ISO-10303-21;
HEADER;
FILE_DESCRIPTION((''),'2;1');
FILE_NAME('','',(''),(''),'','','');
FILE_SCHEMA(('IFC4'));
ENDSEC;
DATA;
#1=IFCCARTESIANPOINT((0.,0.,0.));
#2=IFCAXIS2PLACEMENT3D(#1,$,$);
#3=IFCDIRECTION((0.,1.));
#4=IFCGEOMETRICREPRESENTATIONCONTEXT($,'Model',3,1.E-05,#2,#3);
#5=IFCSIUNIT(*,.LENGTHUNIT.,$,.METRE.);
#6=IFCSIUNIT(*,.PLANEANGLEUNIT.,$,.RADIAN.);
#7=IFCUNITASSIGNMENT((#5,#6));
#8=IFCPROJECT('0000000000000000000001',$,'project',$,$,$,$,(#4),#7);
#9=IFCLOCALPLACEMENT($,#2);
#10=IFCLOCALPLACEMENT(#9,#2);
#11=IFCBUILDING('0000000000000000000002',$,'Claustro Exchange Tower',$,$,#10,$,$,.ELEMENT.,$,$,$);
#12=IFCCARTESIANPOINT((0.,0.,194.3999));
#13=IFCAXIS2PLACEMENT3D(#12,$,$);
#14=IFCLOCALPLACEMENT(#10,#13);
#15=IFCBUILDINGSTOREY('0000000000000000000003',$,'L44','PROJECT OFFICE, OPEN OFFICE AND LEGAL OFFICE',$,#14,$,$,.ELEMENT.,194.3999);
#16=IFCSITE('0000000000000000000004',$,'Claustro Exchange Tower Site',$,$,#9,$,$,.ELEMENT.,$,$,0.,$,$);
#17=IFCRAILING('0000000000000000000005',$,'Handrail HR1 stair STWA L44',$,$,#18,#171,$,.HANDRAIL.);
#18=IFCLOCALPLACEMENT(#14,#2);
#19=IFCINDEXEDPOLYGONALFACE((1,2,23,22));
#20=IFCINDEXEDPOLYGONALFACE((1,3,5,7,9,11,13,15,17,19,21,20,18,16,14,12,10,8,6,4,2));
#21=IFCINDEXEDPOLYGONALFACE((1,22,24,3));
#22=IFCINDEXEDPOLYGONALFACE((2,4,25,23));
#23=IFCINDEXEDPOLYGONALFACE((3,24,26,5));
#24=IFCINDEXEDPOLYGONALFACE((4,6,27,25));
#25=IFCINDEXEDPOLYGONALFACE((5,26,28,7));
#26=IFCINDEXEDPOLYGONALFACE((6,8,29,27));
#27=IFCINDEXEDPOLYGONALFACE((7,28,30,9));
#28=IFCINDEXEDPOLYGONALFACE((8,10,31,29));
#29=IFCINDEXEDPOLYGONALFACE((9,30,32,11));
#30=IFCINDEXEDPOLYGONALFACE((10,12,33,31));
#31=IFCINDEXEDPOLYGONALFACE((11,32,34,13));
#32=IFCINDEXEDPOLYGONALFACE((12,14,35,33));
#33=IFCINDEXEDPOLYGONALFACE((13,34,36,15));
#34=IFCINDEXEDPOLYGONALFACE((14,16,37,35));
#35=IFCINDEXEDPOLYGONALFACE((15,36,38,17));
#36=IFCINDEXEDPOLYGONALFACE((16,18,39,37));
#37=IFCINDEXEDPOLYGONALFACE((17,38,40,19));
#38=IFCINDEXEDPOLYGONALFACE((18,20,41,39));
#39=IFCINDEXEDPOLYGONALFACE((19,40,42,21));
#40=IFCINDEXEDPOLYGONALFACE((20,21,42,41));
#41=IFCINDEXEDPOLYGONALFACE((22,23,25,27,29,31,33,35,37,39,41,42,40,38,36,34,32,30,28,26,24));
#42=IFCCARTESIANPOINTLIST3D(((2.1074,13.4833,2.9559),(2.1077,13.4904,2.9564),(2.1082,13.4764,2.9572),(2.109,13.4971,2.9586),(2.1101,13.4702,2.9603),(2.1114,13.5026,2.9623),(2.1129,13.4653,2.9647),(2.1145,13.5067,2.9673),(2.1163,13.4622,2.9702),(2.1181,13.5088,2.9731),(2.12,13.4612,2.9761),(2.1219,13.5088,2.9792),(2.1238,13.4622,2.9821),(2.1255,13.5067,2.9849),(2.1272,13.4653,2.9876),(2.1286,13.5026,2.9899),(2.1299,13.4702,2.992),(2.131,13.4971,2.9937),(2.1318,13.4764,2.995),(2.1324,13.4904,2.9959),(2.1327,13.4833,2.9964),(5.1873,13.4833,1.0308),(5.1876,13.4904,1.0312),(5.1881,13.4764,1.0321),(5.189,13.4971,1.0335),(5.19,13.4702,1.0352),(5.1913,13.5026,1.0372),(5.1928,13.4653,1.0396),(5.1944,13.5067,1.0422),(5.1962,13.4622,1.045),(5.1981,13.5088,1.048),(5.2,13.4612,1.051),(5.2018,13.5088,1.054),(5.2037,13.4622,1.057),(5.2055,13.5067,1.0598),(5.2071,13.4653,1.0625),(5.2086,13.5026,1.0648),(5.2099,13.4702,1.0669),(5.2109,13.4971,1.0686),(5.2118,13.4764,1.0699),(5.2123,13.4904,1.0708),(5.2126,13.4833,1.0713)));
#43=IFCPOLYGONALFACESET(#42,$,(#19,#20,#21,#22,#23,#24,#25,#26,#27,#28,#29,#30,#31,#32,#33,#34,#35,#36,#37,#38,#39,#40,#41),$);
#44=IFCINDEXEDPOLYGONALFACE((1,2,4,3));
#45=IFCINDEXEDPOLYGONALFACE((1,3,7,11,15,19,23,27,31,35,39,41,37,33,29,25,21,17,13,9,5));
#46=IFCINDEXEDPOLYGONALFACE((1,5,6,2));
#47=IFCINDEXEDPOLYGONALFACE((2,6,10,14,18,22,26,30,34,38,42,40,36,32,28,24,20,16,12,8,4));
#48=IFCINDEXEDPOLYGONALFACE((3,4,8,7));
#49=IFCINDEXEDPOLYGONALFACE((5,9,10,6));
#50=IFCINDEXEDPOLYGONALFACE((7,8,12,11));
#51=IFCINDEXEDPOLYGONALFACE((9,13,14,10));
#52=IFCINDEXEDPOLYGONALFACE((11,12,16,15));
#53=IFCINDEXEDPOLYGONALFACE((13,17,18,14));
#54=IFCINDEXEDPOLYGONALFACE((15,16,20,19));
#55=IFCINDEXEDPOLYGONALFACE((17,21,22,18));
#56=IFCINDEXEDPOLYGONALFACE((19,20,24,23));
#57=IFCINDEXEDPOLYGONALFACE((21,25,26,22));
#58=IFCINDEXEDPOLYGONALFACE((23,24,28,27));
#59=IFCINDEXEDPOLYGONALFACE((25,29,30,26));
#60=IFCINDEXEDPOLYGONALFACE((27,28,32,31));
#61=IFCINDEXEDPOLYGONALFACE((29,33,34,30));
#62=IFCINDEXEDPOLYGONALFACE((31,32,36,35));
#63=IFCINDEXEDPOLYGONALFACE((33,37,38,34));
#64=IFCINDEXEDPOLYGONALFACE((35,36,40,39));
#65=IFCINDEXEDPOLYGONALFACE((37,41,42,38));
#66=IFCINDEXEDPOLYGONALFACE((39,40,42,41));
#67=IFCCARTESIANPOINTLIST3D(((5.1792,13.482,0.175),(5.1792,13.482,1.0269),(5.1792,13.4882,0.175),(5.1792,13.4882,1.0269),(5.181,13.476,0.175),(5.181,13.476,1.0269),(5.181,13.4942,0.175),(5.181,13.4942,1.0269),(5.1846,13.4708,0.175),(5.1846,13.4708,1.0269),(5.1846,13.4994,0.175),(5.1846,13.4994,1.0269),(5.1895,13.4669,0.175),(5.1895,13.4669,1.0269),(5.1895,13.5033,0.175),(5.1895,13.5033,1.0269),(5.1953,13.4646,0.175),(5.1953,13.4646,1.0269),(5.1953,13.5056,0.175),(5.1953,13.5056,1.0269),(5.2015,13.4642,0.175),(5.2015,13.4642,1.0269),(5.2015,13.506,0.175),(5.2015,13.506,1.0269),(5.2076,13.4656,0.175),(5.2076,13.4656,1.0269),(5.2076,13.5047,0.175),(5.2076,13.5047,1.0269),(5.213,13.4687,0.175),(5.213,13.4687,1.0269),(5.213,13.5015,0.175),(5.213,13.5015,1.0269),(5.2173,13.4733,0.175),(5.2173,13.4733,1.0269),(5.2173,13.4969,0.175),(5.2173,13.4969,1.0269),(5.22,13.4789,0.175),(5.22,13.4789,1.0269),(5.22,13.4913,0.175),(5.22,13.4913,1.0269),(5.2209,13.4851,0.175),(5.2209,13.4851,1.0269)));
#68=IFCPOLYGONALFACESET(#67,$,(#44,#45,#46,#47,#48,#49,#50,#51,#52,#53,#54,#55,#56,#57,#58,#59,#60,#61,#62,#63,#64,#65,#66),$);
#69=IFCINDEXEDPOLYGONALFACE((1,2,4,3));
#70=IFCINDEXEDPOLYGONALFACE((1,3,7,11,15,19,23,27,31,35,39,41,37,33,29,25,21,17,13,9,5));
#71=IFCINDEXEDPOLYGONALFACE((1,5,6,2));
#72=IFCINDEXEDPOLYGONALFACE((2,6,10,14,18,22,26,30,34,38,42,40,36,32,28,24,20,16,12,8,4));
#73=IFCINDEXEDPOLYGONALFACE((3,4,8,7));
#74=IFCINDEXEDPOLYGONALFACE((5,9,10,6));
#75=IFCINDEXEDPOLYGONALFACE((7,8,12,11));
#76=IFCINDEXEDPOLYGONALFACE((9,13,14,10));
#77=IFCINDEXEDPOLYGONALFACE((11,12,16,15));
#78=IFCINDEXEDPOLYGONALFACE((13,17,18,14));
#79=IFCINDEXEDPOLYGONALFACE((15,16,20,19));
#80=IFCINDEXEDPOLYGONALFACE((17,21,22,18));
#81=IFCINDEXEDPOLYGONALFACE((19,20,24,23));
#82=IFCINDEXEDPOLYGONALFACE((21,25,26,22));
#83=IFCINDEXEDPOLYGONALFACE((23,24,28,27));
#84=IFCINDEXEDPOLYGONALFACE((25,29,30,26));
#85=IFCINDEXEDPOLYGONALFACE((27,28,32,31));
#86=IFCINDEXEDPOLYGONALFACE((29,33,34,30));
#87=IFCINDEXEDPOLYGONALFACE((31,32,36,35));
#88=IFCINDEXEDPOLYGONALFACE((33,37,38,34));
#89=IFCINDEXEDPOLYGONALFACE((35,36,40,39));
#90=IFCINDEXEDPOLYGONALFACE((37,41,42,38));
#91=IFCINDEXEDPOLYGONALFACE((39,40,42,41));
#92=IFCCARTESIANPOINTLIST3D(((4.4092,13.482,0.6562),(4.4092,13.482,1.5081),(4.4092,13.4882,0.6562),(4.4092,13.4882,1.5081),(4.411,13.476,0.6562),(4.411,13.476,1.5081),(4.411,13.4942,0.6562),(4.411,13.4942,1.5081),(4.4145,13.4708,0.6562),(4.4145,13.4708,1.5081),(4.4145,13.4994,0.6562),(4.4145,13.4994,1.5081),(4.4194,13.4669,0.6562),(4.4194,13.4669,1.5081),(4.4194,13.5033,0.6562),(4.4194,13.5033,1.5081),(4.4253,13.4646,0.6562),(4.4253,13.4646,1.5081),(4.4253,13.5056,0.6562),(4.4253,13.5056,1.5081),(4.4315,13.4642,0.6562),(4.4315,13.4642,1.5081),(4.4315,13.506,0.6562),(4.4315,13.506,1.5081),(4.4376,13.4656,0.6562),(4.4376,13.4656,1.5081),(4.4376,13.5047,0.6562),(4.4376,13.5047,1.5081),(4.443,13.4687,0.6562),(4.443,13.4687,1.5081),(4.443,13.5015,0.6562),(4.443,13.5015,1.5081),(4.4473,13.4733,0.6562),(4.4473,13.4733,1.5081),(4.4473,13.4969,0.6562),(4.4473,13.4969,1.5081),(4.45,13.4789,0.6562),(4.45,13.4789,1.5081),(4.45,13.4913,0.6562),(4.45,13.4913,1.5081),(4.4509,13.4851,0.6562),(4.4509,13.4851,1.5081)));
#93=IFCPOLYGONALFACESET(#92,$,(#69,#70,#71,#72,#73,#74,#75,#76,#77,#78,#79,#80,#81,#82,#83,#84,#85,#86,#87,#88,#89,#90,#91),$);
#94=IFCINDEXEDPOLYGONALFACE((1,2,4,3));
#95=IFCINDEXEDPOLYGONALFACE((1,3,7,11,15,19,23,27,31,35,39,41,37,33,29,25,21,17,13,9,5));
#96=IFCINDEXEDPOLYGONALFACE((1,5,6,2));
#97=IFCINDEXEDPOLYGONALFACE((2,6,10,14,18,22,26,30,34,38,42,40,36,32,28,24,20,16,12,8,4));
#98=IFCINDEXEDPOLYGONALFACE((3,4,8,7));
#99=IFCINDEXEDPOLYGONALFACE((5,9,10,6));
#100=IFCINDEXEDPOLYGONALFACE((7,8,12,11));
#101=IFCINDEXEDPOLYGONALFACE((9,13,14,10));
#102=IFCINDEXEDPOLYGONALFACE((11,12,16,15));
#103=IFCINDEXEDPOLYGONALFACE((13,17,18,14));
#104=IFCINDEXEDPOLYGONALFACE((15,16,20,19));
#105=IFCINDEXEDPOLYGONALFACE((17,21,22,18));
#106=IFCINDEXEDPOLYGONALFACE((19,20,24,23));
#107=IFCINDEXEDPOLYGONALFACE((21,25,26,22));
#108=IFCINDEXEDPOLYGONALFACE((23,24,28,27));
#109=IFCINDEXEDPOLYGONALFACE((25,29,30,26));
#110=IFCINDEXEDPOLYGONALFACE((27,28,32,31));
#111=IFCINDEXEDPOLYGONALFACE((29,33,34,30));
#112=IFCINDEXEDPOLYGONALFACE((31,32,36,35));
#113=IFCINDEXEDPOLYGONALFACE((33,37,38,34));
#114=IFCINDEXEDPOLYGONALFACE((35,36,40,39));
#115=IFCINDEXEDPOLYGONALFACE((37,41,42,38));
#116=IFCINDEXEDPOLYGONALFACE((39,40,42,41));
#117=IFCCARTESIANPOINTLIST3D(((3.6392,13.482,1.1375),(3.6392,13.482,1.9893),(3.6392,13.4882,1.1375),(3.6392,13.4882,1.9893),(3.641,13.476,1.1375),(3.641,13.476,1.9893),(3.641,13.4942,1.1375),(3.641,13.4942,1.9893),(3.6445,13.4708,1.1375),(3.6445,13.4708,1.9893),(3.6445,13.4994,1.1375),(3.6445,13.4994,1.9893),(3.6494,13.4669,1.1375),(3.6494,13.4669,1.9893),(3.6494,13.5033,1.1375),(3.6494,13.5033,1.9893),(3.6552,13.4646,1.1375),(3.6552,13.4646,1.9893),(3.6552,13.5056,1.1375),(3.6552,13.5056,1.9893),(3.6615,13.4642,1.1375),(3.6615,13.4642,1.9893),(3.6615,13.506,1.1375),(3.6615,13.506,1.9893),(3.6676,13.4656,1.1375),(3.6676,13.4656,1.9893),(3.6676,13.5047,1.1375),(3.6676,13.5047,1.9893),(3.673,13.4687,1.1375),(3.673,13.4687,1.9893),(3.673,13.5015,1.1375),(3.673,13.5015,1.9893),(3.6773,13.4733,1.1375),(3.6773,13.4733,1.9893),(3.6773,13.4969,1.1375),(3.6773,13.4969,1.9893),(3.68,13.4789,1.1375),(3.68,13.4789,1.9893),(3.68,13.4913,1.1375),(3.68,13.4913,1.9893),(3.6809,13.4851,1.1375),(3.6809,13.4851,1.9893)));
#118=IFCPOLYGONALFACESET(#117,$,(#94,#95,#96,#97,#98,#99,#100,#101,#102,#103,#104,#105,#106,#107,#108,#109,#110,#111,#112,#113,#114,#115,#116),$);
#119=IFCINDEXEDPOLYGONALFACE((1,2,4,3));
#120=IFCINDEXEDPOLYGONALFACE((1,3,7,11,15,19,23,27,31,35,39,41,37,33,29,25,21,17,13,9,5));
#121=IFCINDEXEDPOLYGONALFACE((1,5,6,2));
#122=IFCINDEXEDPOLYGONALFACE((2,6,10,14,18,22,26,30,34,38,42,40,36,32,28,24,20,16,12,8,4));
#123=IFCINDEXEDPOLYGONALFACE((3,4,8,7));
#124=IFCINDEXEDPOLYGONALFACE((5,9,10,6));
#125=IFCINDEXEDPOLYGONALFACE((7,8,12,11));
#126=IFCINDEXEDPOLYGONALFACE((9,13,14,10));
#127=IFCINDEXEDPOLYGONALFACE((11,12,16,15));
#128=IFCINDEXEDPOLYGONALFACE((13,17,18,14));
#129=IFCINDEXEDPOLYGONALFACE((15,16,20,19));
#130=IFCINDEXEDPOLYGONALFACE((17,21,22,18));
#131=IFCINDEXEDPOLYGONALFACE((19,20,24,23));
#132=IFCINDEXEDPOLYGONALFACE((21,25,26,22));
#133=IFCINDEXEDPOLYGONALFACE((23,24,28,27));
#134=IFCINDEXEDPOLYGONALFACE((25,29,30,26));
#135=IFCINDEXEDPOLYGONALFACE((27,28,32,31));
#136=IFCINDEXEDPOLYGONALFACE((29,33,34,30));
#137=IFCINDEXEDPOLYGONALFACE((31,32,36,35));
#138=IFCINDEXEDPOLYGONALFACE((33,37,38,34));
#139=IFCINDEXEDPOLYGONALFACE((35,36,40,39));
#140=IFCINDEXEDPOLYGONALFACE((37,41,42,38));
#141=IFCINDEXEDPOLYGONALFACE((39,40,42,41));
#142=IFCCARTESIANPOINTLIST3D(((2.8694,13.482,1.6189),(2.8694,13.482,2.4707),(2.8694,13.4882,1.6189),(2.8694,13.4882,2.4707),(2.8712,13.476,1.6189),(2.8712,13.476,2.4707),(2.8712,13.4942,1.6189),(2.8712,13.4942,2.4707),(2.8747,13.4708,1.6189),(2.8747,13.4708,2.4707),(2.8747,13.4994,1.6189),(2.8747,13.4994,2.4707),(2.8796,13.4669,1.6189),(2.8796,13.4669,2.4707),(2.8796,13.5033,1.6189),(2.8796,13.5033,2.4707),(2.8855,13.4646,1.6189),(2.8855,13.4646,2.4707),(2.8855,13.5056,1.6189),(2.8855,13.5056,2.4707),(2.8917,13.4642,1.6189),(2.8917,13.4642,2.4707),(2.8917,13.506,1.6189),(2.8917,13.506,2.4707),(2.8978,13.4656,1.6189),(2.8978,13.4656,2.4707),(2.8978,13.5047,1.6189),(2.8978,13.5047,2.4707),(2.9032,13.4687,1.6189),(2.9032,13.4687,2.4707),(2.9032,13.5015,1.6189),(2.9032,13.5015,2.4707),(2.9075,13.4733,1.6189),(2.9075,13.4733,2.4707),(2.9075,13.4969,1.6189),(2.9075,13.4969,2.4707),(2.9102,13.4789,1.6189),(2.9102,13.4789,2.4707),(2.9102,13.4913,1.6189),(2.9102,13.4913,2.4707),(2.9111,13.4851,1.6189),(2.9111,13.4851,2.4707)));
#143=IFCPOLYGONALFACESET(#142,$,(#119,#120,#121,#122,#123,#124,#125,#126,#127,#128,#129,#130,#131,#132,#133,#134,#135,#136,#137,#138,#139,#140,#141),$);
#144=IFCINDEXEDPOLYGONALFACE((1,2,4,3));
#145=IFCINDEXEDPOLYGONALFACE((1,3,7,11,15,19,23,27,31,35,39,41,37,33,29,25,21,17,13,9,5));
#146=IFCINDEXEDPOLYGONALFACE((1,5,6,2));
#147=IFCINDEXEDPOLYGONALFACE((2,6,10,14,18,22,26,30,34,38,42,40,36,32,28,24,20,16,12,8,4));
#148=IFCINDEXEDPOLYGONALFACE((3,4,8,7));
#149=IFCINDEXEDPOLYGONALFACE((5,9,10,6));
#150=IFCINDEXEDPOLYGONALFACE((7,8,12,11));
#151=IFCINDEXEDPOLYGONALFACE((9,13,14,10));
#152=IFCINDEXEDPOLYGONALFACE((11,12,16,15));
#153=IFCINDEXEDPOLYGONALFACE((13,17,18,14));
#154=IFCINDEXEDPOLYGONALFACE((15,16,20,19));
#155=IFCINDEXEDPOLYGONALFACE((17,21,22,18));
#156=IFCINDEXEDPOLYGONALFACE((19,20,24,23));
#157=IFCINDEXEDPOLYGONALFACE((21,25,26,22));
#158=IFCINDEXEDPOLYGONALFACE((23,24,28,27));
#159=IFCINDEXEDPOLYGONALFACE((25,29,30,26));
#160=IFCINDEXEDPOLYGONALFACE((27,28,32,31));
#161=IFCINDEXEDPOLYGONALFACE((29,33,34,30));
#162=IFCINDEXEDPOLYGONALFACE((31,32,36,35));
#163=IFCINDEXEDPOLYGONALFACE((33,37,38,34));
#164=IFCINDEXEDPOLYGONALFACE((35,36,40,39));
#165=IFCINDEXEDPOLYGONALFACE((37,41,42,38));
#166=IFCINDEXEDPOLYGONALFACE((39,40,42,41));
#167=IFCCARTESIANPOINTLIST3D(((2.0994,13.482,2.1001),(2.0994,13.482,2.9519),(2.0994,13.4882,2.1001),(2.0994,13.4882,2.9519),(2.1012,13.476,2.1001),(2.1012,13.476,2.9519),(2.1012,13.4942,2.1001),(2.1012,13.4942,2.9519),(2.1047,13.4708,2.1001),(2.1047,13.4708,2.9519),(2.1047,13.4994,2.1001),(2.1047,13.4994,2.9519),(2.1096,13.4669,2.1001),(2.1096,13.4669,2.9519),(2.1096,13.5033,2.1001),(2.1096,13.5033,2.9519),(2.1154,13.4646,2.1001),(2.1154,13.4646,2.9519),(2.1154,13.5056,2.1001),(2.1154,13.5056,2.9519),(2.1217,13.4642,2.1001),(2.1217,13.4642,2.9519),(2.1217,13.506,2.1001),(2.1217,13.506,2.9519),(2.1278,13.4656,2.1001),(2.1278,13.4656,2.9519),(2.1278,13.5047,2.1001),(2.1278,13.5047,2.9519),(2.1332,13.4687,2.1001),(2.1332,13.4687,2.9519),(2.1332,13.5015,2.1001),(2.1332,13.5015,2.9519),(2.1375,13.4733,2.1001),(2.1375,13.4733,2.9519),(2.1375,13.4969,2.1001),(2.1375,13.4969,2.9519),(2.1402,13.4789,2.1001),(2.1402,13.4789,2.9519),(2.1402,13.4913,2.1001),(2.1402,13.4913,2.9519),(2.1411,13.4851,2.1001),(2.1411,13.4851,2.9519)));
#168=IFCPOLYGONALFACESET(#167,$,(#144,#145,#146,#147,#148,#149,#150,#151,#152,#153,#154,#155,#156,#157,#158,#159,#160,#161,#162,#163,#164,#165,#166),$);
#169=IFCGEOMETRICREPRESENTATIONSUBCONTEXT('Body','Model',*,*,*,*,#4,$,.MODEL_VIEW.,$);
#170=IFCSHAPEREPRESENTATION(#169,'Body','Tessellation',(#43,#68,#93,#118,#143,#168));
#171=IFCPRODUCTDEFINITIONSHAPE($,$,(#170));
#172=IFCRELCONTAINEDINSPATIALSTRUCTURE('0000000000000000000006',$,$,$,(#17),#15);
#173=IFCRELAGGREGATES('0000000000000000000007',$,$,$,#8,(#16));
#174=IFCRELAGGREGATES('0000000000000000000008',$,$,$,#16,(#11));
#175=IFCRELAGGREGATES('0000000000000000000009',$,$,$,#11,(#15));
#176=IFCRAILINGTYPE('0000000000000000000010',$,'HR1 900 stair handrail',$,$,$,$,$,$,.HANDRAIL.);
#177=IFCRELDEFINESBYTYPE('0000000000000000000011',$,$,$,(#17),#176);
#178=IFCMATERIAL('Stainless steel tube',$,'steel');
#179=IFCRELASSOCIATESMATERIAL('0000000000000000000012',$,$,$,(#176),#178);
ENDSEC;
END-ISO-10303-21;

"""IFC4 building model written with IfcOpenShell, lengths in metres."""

from ifc_helpers import new_model, si_unit, direction, frame, origin, origin_2d, place, context, subcontext, project, spatial, circle, extrude, material, type_object, element, save


model = new_model("IFC4")

# Units and contexts
model_context = context("Model", 3, precision=1e-05, world=origin(), true_north=direction((0.0, 1.0)))
body_context = subcontext(model_context, "Body", "Model", "MODEL_VIEW")
ifc_project = project(units=[si_unit("LENGTHUNIT", "METRE"), si_unit("PLANEANGLEUNIT", "RADIAN")], contexts=[model_context])

# Site, building, storey
site_placement = place(None, origin())
site = spatial("IfcSite", under=ifc_project, at=site_placement, Name="Claustro Exchange Tower Site", CompositionType="ELEMENT", RefElevation=0.0)
building_placement = place(site_placement, origin())
building = spatial("IfcBuilding", under=site, at=building_placement, Name="Claustro Exchange Tower", CompositionType="ELEMENT")
storey_placement = place(building_placement, frame((0.0, 0.0, 194.3999)))
storey = spatial("IfcBuildingStorey", under=building, at=storey_placement, Name="L44", Description="PROJECT OFFICE, OPEN OFFICE AND LEGAL OFFICE", CompositionType="ELEMENT", Elevation=194.3999)

# Railing
ifc_material_1 = material(Name="Stainless steel tube", Category="steel")
railing_type_1 = type_object("IfcRailingType", Name="HR1 900 stair handrail", PredefinedType="HANDRAIL", material=ifc_material_1)
railing_1_placement = place(storey_placement, frame((5.2, 13.4851, 0.175)))
element("IfcRailing", 1, at=railing_1_placement, inside=storey, type_object=railing_type_1, Name="Handrail HR1 stair STWA L44", PredefinedType="HANDRAIL", context=body_context, shape_type="SweptSolid", body=[
    extrude(circle(Radius=0.0239, at=origin_2d()), frame((0.0, 0.0, 0.876), z_axis=(-0.847979, 0.0, 0.530029), x_axis=(0.0, -1.0, 0.0)), (0.0, 0.0, 1.0), 3.6321),
    extrude(circle(Radius=0.021, at=origin_2d()), origin(), (0.0, 0.0, 1.0), 0.8518),
    extrude(circle(Radius=0.021, at=origin_2d()), frame((-0.77, 0.0, 0.4812)), (0.0, 0.0, 1.0), 0.8518),
    extrude(circle(Radius=0.021, at=origin_2d()), frame((-1.54, 0.0, 0.9624)), (0.0, 0.0, 1.0), 0.8518),
    extrude(circle(Radius=0.021, at=origin_2d()), frame((-2.3098, 0.0, 1.4438)), (0.0, 0.0, 1.0), 0.8518),
    extrude(circle(Radius=0.021, at=origin_2d()), frame((-3.0798, 0.0, 1.925)), (0.0, 0.0, 1.0), 0.8518),
])

save(model, "model.ifc")
